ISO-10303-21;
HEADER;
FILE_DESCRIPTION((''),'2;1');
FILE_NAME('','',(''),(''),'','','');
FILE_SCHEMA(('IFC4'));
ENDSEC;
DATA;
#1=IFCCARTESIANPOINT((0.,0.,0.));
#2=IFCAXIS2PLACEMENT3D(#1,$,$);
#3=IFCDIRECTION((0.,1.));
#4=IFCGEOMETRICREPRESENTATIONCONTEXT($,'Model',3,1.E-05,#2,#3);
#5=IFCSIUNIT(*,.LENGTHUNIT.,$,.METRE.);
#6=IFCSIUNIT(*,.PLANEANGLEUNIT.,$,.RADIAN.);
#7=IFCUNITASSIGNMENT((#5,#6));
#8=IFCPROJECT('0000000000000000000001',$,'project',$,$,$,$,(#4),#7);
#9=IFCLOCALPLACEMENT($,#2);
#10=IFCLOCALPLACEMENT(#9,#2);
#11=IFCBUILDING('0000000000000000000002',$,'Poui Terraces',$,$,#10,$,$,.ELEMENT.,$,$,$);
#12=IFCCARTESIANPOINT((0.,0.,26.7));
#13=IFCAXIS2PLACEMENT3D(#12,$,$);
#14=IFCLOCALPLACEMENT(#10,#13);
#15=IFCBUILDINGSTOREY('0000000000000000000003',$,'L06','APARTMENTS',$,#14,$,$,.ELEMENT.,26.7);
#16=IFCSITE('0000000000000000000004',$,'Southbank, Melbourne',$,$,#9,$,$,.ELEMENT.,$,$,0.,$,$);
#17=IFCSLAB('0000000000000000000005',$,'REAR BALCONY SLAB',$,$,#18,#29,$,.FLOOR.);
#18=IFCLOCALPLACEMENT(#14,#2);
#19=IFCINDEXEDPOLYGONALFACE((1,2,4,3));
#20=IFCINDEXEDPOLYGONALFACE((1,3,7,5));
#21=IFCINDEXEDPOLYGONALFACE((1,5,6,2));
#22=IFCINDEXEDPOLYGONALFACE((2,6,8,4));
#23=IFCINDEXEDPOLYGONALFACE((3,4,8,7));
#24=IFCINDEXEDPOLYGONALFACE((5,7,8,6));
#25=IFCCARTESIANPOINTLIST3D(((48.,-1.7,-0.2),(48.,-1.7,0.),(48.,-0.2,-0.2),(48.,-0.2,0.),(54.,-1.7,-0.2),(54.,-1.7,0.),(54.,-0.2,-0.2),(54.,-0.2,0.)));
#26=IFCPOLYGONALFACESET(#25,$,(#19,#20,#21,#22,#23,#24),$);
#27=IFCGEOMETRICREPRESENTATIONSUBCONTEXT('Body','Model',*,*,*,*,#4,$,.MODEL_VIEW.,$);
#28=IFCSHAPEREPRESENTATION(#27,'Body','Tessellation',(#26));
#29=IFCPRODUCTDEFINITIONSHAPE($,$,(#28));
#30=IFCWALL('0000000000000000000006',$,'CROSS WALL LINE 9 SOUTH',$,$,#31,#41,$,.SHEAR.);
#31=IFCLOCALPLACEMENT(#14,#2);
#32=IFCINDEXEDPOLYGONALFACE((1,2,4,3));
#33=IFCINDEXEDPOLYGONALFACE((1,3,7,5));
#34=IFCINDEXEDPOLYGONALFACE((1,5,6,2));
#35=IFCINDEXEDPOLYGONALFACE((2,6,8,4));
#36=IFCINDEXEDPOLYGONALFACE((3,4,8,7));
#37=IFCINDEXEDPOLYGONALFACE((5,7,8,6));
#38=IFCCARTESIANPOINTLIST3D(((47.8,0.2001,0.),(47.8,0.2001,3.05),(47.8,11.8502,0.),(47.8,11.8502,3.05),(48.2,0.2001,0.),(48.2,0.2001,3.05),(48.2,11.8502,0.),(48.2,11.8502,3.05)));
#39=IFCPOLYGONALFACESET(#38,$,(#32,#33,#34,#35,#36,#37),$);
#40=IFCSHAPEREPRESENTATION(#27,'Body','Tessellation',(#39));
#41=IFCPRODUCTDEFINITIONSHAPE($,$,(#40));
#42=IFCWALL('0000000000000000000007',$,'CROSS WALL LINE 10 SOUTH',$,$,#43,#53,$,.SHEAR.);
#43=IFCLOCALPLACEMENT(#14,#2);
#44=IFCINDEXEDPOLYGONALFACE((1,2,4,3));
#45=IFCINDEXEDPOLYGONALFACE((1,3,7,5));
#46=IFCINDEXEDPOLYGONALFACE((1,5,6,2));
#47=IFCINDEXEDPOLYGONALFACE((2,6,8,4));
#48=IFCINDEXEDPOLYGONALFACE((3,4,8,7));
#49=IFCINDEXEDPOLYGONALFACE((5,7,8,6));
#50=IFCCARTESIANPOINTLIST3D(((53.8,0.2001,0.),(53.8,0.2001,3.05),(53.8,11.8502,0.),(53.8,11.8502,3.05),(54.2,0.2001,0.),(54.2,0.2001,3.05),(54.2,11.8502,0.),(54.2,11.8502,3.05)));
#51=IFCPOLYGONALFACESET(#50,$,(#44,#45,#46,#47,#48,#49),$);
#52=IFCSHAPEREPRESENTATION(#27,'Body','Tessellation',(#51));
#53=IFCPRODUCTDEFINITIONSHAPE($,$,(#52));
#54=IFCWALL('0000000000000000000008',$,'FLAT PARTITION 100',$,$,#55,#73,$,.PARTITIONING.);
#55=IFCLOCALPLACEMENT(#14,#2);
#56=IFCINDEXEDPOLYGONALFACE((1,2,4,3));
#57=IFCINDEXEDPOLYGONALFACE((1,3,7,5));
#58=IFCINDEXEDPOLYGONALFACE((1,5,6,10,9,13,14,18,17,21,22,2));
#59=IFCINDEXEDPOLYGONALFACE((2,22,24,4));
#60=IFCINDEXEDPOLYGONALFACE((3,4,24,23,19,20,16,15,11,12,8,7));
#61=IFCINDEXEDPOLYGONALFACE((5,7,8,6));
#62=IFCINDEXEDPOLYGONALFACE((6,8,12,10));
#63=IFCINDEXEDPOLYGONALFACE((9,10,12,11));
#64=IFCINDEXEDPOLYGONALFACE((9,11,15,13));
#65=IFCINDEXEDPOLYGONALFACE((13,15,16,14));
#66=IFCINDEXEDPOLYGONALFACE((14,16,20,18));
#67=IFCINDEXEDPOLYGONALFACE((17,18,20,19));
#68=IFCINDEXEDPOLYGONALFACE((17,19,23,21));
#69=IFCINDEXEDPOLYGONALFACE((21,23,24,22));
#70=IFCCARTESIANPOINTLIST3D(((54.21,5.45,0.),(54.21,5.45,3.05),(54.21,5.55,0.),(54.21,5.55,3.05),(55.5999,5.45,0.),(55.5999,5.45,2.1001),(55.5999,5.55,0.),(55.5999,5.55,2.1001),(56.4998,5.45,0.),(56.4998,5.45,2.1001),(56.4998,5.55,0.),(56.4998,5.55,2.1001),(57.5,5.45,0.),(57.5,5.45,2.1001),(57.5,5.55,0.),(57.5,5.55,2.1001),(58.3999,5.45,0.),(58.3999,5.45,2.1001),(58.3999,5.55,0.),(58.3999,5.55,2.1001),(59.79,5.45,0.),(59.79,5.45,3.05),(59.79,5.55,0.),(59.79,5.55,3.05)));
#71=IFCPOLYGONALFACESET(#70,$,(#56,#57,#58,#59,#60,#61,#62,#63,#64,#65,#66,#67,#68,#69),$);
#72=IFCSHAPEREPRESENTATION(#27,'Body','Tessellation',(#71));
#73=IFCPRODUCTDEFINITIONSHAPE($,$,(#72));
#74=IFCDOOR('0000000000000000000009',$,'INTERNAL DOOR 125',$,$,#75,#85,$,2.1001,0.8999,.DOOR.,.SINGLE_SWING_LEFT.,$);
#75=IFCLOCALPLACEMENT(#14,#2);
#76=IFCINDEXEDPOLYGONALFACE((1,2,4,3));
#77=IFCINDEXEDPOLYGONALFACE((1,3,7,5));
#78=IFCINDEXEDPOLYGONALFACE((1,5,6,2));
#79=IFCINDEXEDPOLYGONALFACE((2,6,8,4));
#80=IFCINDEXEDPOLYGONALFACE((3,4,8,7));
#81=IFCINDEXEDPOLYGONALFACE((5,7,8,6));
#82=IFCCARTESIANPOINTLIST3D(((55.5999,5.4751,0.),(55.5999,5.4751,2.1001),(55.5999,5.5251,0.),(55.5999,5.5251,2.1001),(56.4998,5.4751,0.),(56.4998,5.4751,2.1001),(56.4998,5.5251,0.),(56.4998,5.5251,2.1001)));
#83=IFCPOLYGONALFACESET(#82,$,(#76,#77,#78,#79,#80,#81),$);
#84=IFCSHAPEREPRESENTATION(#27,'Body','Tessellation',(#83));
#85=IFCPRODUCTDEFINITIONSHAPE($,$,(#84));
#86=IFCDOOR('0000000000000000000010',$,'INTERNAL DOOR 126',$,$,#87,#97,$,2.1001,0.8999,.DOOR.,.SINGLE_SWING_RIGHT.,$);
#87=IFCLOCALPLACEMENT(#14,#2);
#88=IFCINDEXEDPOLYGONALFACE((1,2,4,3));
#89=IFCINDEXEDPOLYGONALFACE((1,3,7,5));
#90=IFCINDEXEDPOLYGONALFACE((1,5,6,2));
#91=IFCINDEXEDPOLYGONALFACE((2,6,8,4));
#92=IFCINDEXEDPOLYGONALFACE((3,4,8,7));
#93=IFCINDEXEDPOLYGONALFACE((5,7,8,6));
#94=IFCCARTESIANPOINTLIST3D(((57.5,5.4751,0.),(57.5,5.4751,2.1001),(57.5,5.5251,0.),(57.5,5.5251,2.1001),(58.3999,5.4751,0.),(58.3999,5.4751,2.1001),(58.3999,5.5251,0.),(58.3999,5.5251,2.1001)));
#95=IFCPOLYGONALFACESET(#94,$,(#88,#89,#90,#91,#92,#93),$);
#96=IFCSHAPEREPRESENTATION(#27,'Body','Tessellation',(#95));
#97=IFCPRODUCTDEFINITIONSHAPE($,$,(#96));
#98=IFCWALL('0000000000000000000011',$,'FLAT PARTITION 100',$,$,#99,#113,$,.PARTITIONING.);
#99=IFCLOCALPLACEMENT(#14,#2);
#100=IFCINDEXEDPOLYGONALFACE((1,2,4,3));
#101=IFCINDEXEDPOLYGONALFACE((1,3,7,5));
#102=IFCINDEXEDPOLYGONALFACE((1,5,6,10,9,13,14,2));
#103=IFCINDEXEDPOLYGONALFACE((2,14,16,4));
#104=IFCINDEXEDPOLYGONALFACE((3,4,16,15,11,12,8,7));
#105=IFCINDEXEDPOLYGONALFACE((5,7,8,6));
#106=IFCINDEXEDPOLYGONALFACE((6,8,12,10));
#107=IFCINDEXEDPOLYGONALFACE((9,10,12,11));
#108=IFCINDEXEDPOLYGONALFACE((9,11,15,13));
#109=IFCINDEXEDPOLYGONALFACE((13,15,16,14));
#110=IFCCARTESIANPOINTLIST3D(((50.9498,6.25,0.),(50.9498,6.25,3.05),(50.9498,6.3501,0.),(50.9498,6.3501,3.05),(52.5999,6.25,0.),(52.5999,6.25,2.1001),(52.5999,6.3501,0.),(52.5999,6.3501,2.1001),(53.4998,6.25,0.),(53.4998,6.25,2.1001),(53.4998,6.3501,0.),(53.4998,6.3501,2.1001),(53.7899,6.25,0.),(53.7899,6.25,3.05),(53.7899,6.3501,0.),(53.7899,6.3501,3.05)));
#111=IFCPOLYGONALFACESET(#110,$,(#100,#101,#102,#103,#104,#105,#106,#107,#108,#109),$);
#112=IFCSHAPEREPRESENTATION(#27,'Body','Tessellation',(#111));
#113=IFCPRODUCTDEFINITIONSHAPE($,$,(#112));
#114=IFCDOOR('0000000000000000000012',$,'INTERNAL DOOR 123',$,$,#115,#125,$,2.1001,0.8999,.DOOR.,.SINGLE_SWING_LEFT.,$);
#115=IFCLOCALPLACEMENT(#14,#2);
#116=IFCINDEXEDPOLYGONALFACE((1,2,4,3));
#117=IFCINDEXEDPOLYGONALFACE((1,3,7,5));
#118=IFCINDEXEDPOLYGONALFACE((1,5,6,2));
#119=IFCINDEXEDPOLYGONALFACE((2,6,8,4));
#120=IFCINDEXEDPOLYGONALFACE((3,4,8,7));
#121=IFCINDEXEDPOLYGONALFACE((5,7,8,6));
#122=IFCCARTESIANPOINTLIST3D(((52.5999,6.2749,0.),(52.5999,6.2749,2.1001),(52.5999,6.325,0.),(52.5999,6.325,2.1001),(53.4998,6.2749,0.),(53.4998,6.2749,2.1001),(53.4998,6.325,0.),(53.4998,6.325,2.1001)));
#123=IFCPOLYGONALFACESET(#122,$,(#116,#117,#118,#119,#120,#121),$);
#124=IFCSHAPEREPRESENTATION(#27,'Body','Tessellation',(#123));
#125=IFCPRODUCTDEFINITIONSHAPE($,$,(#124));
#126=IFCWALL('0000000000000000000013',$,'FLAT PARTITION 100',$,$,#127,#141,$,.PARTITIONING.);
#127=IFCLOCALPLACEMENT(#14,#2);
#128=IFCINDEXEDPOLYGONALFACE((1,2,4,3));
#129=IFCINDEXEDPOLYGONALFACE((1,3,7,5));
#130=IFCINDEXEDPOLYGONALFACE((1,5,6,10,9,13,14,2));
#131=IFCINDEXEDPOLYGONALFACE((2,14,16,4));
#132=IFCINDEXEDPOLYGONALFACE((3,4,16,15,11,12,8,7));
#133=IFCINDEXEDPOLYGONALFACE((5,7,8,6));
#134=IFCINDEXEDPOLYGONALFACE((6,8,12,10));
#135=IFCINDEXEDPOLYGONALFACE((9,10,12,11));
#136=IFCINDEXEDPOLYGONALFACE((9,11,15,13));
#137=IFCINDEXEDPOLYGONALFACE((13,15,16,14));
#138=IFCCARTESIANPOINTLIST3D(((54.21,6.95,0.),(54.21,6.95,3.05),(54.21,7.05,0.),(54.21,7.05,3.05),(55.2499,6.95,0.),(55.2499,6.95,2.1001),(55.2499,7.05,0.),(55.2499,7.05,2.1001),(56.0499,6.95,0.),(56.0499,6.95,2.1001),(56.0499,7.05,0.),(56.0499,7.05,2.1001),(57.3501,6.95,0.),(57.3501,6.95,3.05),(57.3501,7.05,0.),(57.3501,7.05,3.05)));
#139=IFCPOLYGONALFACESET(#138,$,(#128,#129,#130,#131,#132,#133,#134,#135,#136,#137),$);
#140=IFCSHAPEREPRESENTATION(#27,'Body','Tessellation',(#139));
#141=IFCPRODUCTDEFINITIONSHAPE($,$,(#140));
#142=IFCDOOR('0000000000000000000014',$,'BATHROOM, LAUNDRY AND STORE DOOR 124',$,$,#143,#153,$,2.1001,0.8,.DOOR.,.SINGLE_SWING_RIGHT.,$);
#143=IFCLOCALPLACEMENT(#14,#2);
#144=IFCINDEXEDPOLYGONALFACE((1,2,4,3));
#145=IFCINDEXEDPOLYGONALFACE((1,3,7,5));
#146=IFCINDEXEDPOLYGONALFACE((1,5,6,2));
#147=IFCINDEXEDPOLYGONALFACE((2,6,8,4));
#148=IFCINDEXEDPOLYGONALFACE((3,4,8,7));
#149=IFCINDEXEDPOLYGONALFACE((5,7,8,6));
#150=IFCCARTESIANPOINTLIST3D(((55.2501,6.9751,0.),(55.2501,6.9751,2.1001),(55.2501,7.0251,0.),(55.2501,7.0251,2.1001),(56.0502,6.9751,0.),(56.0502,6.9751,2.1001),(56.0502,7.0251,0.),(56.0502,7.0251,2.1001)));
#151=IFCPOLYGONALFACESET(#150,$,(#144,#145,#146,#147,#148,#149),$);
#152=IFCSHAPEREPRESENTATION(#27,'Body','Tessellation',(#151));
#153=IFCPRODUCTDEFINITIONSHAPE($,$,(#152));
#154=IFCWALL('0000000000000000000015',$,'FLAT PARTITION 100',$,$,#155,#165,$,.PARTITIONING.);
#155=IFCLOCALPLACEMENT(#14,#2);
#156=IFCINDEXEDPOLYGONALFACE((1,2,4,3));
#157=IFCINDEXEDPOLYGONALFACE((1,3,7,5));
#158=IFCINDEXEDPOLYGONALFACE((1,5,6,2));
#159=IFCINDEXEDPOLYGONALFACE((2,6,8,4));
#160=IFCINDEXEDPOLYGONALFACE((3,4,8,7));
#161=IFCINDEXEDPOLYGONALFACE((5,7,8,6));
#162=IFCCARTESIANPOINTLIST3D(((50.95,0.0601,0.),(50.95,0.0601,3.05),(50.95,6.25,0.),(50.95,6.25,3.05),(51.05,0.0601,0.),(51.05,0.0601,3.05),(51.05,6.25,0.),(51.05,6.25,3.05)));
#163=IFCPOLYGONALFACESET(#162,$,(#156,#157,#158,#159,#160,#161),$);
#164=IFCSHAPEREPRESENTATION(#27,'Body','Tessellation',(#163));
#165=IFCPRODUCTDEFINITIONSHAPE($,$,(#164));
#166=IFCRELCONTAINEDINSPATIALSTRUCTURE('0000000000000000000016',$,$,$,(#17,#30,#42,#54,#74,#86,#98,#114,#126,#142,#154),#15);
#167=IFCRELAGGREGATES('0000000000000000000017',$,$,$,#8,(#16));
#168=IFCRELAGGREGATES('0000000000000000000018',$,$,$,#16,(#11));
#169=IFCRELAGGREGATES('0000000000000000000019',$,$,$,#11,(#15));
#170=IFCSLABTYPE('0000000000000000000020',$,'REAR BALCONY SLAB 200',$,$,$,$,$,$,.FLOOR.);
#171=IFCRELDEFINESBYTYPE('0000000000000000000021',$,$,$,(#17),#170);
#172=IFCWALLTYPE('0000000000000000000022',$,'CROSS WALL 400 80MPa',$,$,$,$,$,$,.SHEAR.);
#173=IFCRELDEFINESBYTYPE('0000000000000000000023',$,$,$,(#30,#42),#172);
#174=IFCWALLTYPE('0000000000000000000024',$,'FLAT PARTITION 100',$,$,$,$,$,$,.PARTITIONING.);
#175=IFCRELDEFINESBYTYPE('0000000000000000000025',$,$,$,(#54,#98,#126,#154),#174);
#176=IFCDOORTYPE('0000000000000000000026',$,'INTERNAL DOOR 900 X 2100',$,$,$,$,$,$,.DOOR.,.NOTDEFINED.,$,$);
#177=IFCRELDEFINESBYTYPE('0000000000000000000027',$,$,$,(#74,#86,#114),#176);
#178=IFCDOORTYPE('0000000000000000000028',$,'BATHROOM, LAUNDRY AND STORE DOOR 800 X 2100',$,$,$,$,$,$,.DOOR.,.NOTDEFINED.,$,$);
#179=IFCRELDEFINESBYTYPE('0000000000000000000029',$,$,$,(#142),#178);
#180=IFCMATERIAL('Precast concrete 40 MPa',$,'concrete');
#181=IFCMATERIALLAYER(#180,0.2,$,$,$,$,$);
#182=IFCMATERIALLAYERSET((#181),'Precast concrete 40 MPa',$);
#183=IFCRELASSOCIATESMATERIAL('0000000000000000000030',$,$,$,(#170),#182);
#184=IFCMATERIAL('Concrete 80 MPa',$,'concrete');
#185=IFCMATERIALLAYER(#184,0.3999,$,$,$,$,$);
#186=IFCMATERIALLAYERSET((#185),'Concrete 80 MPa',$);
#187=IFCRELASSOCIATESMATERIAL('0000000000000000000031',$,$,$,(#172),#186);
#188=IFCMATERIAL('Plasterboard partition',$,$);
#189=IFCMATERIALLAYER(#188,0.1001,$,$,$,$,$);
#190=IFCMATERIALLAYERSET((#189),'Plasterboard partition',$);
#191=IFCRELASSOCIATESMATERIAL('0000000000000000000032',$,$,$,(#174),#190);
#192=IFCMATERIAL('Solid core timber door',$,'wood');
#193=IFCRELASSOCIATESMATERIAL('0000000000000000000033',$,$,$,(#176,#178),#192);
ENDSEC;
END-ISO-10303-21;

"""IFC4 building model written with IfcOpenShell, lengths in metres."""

from ifc_helpers import new_model, si_unit, direction, frame, frame_2d, origin, place, context, subcontext, project, spatial, polyline, rectangle, outline, extrude, source, transform, mapped, material, layer, layer_set, type_object, element, fill, save


model = new_model("IFC4")

# Units and contexts
model_context = context("Model", 3, precision=1e-05, world=origin(), true_north=direction((0.0, 1.0)))
body_context = subcontext(model_context, "Body", "Model", "MODEL_VIEW")
ifc_project = project(units=[si_unit("LENGTHUNIT", "METRE"), si_unit("PLANEANGLEUNIT", "RADIAN")], contexts=[model_context])

# Site, building, storey
site_placement = place(None, origin())
site = spatial("IfcSite", under=ifc_project, at=site_placement, Name="Southbank, Melbourne", CompositionType="ELEMENT", RefElevation=0.0)
building_placement = place(site_placement, origin())
building = spatial("IfcBuilding", under=site, at=building_placement, Name="Poui Terraces", CompositionType="ELEMENT")
storey_placement = place(building_placement, frame((0.0, 0.0, 26.7)))
storey = spatial("IfcBuildingStorey", under=building, at=storey_placement, Name="L06", Description="APARTMENTS", CompositionType="ELEMENT", Elevation=26.7)

# Slab
ifc_material_1 = material(Name="Precast concrete 40 MPa", Category="concrete")
ifc_layer_1 = layer(ifc_material_1, 0.2)
ifc_layer_set_1 = layer_set([ifc_layer_1], Name="Precast concrete 40 MPa")
slab_type = type_object("IfcSlabType", Name="REAR BALCONY SLAB 200", PredefinedType="FLOOR", material=ifc_layer_set_1)
shared_shape_1 = source(origin(), body_context, "Body", "SweptSolid", [
    extrude(outline(polyline([(0.0, 0.0), (6.0, 0.0), (6.0, 1.5), (0.0, 1.5), (0.0, 0.0)])), origin(), (0.0, 0.0, 1.0), 0.2),
])
slab_placement = place(storey_placement, frame((48.0, -1.7, -0.2)))
element("IfcSlab", 1, at=slab_placement, inside=storey, type_object=slab_type, Name="REAR BALCONY SLAB", PredefinedType="FLOOR", context=body_context, shape_type="MappedRepresentation", body=[
    mapped(shared_shape_1, transform((0.0, 0.0, 0.0))),
])

# Walls
ifc_material_2 = material(Name="Concrete 80 MPa", Category="concrete")
ifc_layer_2 = layer(ifc_material_2, 0.3999)
ifc_layer_set_2 = layer_set([ifc_layer_2], Name="Concrete 80 MPa")
wall_type_1 = type_object("IfcWallType", Name="CROSS WALL 400 80MPa", PredefinedType="SHEAR", material=ifc_layer_set_2)
for number, where, z_axis, x_axis, name in (
    (2, (48.0, 0.2, 0.0), (0.0, 0.0, 1.0), (0.0, 1.0, 0.0), "CROSS WALL LINE 9 SOUTH"),
    (3, (54.0, 0.2, 0.0), (0.0, 0.0, 1.0), (0.0, 1.0, 0.0), "CROSS WALL LINE 10 SOUTH"),
):
    element("IfcWall", number, at=place(storey_placement, frame(where, z_axis=z_axis, x_axis=x_axis)), inside=storey, type_object=wall_type_1, Name=name, PredefinedType="SHEAR", context=body_context, shape_type="SweptSolid", body=[
        extrude(rectangle(XDim=11.6501, YDim=0.3999, at=frame_2d((5.8252, 0.0))), origin(), (0.0, 0.0, 1.0), 3.05),
    ])

# Wall, openings, doors
ifc_material_3 = material(Name="Plasterboard partition")
ifc_layer_3 = layer(ifc_material_3, 0.1001)
ifc_layer_set_3 = layer_set([ifc_layer_3], Name="Plasterboard partition")
wall_type_2 = type_object("IfcWallType", Name="FLAT PARTITION 100", PredefinedType="PARTITIONING", material=ifc_layer_set_3)
wall_1_placement = place(storey_placement, frame((54.21, 5.5, 0.0), z_axis=(0.0, 0.0, 1.0), x_axis=(1.0, 0.0, 0.0)))
wall_1 = element("IfcWall", 4, at=wall_1_placement, inside=storey, type_object=wall_type_2, Name="FLAT PARTITION 100", PredefinedType="PARTITIONING", context=body_context, shape_type="SweptSolid", body=[
    extrude(rectangle(XDim=5.5801, YDim=0.1001, at=frame_2d((2.79, 0.0))), origin(), (0.0, 0.0, 1.0), 3.05),
])
opening_1_placement = place(wall_1_placement, frame((1.3899, 0.0, 0.0)))
opening_1 = element("IfcOpeningElement", 5, at=opening_1_placement, cuts=wall_1, PredefinedType="OPENING", context=body_context, shape_type="SweptSolid", body=[
    extrude(rectangle(XDim=0.8999, YDim=2.1001, at=frame_2d((0.45, 1.05))), frame((0.0, 0.0601, 0.0), z_axis=(0.0, -1.0, 0.0), x_axis=(1.0, 0.0, 0.0)), (0.0, 0.0, 1.0), 0.1201),
])
opening_2_placement = place(wall_1_placement, frame((3.29, 0.0, 0.0)))
opening_2 = element("IfcOpeningElement", 6, at=opening_2_placement, cuts=wall_1, PredefinedType="OPENING", context=body_context, shape_type="SweptSolid", body=[
    extrude(rectangle(XDim=0.8999, YDim=2.1001, at=frame_2d((0.45, 1.05))), frame((0.0, 0.0601, 0.0), z_axis=(0.0, -1.0, 0.0), x_axis=(1.0, 0.0, 0.0)), (0.0, 0.0, 1.0), 0.1201),
])
ifc_material_4 = material(Name="Solid core timber door", Category="wood")
door_type_1 = type_object("IfcDoorType", Name="INTERNAL DOOR 900 X 2100", OperationType="NOTDEFINED", PredefinedType="DOOR", material=ifc_material_4)
door_1_placement = place(opening_1_placement, frame((0.8999, 0.0, 0.0), z_axis=(0.0, 0.0, 1.0), x_axis=(-1.0, 0.0, 0.0)))
door_1 = element("IfcDoor", 7, at=door_1_placement, inside=storey, type_object=door_type_1, Name="INTERNAL DOOR 125", OperationType="SINGLE_SWING_LEFT", OverallHeight=2.1001, OverallWidth=0.8999, PredefinedType="DOOR", context=body_context, shape_type="SweptSolid", body=[
    extrude(rectangle(XDim=0.8999, YDim=2.1001, at=frame_2d((0.45, 1.05))), frame((0.0, 0.0249, 0.0), z_axis=(0.0, -1.0, 0.0), x_axis=(1.0, 0.0, 0.0)), (0.0, 0.0, 1.0), 0.05),
])
fill(opening_1, door_1)
door_2_placement = place(opening_2_placement, frame((0.8999, 0.0, 0.0), z_axis=(0.0, 0.0, 1.0), x_axis=(-1.0, 0.0, 0.0)))
door_2 = element("IfcDoor", 8, at=door_2_placement, inside=storey, type_object=door_type_1, Name="INTERNAL DOOR 126", OperationType="SINGLE_SWING_RIGHT", OverallHeight=2.1001, OverallWidth=0.8999, PredefinedType="DOOR", context=body_context, shape_type="SweptSolid", body=[
    extrude(rectangle(XDim=0.8999, YDim=2.1001, at=frame_2d((0.45, 1.05))), frame((0.0, 0.0249, 0.0), z_axis=(0.0, -1.0, 0.0), x_axis=(1.0, 0.0, 0.0)), (0.0, 0.0, 1.0), 0.05),
])
fill(opening_2, door_2)

# Walls, openings, doors
wall_2_placement = place(storey_placement, frame((50.95, 6.3, 0.0), z_axis=(0.0, 0.0, 1.0), x_axis=(1.0, 0.0, 0.0)))
wall_2 = element("IfcWall", 9, at=wall_2_placement, inside=storey, type_object=wall_type_2, Name="FLAT PARTITION 100", PredefinedType="PARTITIONING", context=body_context, shape_type="SweptSolid", body=[
    extrude(rectangle(XDim=2.8401, YDim=0.1001, at=frame_2d((1.4199, 0.0))), origin(), (0.0, 0.0, 1.0), 3.05),
])
opening_3_placement = place(wall_2_placement, frame((1.6499, 0.0, 0.0)))
opening_3 = element("IfcOpeningElement", 10, at=opening_3_placement, cuts=wall_2, PredefinedType="OPENING", context=body_context, shape_type="SweptSolid", body=[
    extrude(rectangle(XDim=0.8999, YDim=2.1001, at=frame_2d((0.45, 1.05))), frame((0.0, 0.0601, 0.0), z_axis=(0.0, -1.0, 0.0), x_axis=(1.0, 0.0, 0.0)), (0.0, 0.0, 1.0), 0.1201),
])
door_3_placement = place(opening_3_placement, origin())
door_3 = element("IfcDoor", 11, at=door_3_placement, inside=storey, type_object=door_type_1, Name="INTERNAL DOOR 123", OperationType="SINGLE_SWING_LEFT", OverallHeight=2.1001, OverallWidth=0.8999, PredefinedType="DOOR", context=body_context, shape_type="SweptSolid", body=[
    extrude(rectangle(XDim=0.8999, YDim=2.1001, at=frame_2d((0.45, 1.05))), frame((0.0, 0.0249, 0.0), z_axis=(0.0, -1.0, 0.0), x_axis=(1.0, 0.0, 0.0)), (0.0, 0.0, 1.0), 0.05),
])
fill(opening_3, door_3)
wall_3_placement = place(storey_placement, frame((54.21, 7.0, 0.0), z_axis=(0.0, 0.0, 1.0), x_axis=(1.0, 0.0, 0.0)))
wall_3 = element("IfcWall", 12, at=wall_3_placement, inside=storey, type_object=wall_type_2, Name="FLAT PARTITION 100", PredefinedType="PARTITIONING", context=body_context, shape_type="SweptSolid", body=[
    extrude(rectangle(XDim=3.1401, YDim=0.1001, at=frame_2d((1.5701, 0.0))), origin(), (0.0, 0.0, 1.0), 3.05),
])
opening_4_placement = place(wall_3_placement, frame((1.04, 0.0, 0.0)))
opening_4 = element("IfcOpeningElement", 13, at=opening_4_placement, cuts=wall_3, PredefinedType="OPENING", context=body_context, shape_type="SweptSolid", body=[
    extrude(rectangle(XDim=0.8, YDim=2.1001, at=frame_2d((0.3999, 1.05))), frame((0.0, 0.0601, 0.0), z_axis=(0.0, -1.0, 0.0), x_axis=(1.0, 0.0, 0.0)), (0.0, 0.0, 1.0), 0.1201),
])
door_type_2 = type_object("IfcDoorType", Name="BATHROOM, LAUNDRY AND STORE DOOR 800 X 2100", OperationType="NOTDEFINED", PredefinedType="DOOR", material=ifc_material_4)
door_4_placement = place(opening_4_placement, frame((0.8, 0.0, 0.0), z_axis=(0.0, 0.0, 1.0), x_axis=(-1.0, 0.0, 0.0)))
door_4 = element("IfcDoor", 14, at=door_4_placement, inside=storey, type_object=door_type_2, Name="BATHROOM, LAUNDRY AND STORE DOOR 124", OperationType="SINGLE_SWING_RIGHT", OverallHeight=2.1001, OverallWidth=0.8, PredefinedType="DOOR", context=body_context, shape_type="SweptSolid", body=[
    extrude(rectangle(XDim=0.8, YDim=2.1001, at=frame_2d((0.3999, 1.05))), frame((0.0, 0.0249, 0.0), z_axis=(0.0, -1.0, 0.0), x_axis=(1.0, 0.0, 0.0)), (0.0, 0.0, 1.0), 0.05),
])
fill(opening_4, door_4)

# Wall
wall_4_placement = place(storey_placement, frame((51.0, 0.0601, 0.0), z_axis=(0.0, 0.0, 1.0), x_axis=(0.0, 1.0, 0.0)))
element("IfcWall", 15, at=wall_4_placement, inside=storey, type_object=wall_type_2, Name="FLAT PARTITION 100", PredefinedType="PARTITIONING", context=body_context, shape_type="SweptSolid", body=[
    extrude(rectangle(XDim=6.1899, YDim=0.1001, at=frame_2d((3.095, 0.0))), origin(), (0.0, 0.0, 1.0), 3.05),
])

save(model, "model.ifc")
